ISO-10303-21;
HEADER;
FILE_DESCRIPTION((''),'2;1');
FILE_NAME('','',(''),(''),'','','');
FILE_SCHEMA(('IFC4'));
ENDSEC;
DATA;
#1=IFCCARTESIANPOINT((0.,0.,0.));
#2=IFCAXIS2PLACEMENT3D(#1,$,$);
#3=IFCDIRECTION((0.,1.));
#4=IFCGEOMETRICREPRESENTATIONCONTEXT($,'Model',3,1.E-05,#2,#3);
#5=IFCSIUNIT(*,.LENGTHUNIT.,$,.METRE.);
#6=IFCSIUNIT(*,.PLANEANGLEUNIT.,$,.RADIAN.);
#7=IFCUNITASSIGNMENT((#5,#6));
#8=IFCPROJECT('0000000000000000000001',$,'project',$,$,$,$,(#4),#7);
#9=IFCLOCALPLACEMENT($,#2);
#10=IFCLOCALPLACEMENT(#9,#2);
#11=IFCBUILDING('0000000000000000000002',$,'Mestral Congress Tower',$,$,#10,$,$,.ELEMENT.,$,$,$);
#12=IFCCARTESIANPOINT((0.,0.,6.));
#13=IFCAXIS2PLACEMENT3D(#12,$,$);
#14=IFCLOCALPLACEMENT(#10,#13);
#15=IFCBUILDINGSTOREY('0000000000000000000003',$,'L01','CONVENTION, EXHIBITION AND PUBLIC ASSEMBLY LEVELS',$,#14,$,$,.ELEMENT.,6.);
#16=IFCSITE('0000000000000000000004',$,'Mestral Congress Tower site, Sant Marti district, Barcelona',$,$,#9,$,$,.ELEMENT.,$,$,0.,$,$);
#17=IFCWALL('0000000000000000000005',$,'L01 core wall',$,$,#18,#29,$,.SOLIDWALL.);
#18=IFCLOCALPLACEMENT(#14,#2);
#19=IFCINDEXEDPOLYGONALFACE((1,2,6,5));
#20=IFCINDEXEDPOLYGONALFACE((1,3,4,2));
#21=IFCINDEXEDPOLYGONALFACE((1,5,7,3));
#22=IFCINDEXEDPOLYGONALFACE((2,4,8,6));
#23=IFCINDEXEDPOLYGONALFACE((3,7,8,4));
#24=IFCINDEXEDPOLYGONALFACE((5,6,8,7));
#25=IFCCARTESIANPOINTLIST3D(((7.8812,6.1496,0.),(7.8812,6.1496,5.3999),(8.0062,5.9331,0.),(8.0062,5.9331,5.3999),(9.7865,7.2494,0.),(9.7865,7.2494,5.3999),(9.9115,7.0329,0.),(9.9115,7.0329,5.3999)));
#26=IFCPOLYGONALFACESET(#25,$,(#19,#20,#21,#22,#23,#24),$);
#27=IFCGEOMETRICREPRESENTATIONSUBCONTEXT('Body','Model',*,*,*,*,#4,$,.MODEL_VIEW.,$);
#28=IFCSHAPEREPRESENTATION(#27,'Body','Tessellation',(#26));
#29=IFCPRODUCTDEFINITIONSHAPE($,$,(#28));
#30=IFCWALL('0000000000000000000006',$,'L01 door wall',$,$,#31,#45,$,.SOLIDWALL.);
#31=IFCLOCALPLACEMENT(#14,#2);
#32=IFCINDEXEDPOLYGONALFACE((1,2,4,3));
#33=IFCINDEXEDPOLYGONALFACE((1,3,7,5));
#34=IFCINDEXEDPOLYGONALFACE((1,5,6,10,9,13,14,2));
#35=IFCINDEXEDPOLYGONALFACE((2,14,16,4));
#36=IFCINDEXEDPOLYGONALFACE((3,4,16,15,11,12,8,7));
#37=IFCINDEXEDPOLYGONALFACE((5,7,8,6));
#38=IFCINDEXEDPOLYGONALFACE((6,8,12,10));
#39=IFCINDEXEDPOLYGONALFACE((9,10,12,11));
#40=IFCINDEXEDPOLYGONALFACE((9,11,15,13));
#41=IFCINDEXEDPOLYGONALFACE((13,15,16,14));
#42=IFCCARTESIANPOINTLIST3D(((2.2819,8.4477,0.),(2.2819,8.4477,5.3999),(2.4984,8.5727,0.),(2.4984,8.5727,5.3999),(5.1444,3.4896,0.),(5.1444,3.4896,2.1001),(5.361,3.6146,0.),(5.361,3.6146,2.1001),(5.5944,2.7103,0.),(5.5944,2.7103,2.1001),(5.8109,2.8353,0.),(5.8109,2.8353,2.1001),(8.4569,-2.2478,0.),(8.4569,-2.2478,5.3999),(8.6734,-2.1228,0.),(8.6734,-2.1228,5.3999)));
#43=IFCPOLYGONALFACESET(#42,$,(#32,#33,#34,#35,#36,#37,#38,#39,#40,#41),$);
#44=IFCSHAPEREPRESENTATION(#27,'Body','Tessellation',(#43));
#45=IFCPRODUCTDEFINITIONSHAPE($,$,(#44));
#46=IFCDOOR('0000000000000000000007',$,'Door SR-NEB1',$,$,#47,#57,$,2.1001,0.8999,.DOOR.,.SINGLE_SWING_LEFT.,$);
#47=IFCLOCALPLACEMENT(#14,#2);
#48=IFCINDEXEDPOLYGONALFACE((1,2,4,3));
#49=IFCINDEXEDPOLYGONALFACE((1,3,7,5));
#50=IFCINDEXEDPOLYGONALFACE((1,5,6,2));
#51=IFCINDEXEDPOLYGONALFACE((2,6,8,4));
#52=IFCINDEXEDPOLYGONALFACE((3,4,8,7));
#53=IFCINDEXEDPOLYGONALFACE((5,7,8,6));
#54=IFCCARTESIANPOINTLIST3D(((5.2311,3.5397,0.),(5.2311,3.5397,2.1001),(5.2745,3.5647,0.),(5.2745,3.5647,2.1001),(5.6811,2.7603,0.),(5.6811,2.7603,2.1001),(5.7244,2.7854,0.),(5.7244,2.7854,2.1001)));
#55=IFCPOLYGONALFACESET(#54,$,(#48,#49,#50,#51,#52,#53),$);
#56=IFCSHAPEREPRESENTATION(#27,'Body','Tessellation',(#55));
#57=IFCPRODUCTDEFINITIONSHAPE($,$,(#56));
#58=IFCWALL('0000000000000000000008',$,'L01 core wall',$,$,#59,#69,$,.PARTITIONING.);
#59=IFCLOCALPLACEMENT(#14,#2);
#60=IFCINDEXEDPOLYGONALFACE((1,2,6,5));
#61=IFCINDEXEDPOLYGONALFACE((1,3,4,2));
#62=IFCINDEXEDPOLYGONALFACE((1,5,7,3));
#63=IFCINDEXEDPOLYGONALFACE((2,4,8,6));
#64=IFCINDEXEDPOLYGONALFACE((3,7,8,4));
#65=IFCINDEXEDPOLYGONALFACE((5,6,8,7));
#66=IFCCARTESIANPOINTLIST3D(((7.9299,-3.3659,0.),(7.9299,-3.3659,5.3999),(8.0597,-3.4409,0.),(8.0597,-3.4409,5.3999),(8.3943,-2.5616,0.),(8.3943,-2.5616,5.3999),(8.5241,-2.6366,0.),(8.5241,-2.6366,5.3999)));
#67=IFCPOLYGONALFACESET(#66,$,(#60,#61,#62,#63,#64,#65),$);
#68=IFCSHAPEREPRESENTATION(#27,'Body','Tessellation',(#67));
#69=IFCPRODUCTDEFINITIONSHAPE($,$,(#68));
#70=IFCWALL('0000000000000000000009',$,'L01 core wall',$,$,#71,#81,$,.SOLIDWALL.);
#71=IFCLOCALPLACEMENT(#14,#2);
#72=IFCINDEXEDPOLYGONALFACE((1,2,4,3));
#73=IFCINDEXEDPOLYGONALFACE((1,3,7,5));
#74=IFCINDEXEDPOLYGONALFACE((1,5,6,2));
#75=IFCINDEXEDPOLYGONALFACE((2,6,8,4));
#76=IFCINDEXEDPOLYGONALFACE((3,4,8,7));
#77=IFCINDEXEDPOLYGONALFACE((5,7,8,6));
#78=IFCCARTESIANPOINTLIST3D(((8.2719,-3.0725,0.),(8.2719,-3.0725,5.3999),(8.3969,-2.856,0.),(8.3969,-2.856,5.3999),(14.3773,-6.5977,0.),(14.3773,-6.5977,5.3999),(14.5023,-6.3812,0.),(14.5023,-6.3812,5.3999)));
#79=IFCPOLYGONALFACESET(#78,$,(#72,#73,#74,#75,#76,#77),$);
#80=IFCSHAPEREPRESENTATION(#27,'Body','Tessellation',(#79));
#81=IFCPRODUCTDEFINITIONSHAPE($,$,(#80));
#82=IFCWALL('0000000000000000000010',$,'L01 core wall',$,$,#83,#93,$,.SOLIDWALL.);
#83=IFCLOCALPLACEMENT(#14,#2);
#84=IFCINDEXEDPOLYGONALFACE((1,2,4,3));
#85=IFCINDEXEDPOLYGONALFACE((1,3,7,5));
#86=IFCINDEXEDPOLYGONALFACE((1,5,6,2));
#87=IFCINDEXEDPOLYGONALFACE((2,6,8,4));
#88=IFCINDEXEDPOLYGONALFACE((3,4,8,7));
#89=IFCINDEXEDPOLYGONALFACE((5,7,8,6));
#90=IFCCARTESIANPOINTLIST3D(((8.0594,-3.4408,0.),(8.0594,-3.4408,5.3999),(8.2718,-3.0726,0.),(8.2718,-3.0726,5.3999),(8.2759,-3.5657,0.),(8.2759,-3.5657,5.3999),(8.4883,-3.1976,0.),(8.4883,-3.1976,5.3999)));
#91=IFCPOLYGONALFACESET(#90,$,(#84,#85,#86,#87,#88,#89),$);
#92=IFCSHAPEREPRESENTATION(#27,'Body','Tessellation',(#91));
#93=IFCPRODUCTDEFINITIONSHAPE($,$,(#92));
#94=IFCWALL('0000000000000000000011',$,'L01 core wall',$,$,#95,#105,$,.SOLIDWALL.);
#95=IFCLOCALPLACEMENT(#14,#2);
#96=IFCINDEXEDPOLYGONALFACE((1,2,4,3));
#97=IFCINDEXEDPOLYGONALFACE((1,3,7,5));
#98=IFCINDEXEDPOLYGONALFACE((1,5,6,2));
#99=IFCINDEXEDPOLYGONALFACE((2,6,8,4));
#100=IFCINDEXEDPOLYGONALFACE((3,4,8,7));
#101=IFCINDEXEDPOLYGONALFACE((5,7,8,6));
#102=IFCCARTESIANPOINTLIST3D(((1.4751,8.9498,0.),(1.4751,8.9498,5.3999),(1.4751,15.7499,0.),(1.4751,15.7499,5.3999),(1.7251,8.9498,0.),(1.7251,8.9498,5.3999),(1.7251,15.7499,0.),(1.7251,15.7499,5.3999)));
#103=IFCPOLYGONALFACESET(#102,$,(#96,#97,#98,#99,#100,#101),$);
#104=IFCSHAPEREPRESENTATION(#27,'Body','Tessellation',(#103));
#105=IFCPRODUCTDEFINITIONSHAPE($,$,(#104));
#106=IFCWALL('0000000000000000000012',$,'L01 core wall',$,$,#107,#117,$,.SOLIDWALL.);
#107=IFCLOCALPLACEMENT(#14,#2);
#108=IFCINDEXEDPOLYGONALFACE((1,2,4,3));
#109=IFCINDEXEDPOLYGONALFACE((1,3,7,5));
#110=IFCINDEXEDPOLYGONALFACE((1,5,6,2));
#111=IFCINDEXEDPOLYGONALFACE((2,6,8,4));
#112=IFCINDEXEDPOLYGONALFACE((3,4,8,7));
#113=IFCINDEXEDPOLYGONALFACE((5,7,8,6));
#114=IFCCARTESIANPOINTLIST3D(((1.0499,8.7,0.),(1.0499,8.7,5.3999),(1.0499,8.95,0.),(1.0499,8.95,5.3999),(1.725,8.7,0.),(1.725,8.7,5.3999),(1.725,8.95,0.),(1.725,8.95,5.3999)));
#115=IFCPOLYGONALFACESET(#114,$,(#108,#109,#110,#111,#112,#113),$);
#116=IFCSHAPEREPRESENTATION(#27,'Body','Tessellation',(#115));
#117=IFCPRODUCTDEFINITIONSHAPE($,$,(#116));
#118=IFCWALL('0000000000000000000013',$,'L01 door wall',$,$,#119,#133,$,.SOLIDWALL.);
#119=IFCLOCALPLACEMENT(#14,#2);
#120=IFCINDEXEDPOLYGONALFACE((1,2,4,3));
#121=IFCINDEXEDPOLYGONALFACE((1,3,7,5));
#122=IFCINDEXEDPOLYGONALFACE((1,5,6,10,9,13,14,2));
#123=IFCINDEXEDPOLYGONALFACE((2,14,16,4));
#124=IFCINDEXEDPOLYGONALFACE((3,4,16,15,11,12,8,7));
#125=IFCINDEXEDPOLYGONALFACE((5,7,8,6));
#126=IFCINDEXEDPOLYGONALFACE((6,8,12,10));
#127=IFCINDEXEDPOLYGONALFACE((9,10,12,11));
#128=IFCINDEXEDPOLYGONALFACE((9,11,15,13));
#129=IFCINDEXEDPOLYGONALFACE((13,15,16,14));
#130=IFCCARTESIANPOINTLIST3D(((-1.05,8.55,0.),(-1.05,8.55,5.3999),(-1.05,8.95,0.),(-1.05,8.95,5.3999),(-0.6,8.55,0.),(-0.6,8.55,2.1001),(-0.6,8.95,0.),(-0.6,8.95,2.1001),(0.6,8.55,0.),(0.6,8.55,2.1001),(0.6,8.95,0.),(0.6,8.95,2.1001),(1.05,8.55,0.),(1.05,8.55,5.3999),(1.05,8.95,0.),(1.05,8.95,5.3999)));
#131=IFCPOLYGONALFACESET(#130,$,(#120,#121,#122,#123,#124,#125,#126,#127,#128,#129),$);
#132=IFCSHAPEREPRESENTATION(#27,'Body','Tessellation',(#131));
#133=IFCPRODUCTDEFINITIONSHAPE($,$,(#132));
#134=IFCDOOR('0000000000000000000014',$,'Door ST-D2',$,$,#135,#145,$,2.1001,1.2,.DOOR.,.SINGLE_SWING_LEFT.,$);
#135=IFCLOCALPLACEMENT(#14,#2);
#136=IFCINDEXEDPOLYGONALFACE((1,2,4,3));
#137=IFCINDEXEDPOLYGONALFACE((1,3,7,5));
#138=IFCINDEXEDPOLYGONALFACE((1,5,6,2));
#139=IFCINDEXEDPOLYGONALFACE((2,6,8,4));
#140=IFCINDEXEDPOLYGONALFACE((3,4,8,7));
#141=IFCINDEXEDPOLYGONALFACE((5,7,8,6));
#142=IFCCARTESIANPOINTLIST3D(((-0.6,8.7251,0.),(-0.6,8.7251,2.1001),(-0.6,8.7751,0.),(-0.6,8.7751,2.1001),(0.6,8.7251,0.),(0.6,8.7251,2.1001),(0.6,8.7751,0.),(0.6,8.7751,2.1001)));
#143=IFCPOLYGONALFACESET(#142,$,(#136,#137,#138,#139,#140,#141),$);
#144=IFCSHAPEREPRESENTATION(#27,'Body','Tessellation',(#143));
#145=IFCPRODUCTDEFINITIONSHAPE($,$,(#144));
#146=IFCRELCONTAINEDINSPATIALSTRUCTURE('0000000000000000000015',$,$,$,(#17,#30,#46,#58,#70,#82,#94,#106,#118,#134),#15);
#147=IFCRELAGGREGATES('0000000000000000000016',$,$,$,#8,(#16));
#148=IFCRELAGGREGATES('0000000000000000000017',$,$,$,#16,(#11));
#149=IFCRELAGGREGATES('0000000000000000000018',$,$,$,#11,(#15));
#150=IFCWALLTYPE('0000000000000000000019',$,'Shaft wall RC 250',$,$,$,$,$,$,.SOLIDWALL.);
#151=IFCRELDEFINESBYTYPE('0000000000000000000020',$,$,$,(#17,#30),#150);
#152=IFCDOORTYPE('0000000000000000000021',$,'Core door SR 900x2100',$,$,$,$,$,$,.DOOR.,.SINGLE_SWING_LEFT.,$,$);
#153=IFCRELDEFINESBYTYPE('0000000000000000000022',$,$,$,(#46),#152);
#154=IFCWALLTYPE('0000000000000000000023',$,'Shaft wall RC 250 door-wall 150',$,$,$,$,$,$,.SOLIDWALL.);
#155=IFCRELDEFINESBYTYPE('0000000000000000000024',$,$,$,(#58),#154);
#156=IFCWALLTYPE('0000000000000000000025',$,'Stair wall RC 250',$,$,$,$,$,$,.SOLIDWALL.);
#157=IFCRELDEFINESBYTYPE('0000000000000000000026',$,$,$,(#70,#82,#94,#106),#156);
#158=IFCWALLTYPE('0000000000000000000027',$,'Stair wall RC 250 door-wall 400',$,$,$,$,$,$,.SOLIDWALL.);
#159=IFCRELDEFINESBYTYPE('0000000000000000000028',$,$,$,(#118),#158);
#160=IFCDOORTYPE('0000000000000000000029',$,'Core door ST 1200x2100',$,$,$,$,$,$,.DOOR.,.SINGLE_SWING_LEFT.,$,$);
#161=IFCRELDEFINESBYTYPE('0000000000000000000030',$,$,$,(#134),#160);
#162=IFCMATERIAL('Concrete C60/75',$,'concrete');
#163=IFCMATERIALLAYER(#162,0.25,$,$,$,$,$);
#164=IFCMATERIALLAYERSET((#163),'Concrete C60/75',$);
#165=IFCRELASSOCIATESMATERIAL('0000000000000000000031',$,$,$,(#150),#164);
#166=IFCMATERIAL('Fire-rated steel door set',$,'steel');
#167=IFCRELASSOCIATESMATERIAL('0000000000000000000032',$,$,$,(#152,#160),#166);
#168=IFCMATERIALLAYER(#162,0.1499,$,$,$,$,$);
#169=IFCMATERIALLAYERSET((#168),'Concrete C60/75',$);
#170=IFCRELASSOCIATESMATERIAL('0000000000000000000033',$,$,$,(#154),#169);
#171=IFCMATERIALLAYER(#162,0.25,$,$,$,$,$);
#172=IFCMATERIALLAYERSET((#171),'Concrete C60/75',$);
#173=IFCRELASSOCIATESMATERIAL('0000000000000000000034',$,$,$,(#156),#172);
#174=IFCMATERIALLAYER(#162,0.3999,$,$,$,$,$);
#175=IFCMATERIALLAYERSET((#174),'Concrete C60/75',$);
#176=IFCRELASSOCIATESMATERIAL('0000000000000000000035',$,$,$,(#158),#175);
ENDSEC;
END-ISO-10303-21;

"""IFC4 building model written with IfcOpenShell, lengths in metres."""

from ifc_helpers import new_model, si_unit, direction, frame, frame_2d, origin, place, context, subcontext, project, spatial, rectangle, extrude, material, layer, layer_set, type_object, element, fill, save


model = new_model("IFC4")

# Units and contexts
model_context = context("Model", 3, precision=1e-05, world=origin(), true_north=direction((0.0, 1.0)))
body_context = subcontext(model_context, "Body", "Model", "MODEL_VIEW")
ifc_project = project(units=[si_unit("LENGTHUNIT", "METRE"), si_unit("PLANEANGLEUNIT", "RADIAN")], contexts=[model_context])

# Site, building, storey
site_placement = place(None, origin())
site = spatial("IfcSite", under=ifc_project, at=site_placement, Name="Mestral Congress Tower site, Sant Marti district, Barcelona", CompositionType="ELEMENT", RefElevation=0.0)
building_placement = place(site_placement, origin())
building = spatial("IfcBuilding", under=site, at=building_placement, Name="Mestral Congress Tower", CompositionType="ELEMENT")
storey_placement = place(building_placement, frame((0.0, 0.0, 6.0)))
storey = spatial("IfcBuildingStorey", under=building, at=storey_placement, Name="L01", Description="CONVENTION, EXHIBITION AND PUBLIC ASSEMBLY LEVELS", CompositionType="ELEMENT", Elevation=6.0)

# Shared definitions
ifc_material_1 = material(Name="Fire-rated steel door set", Category="steel")

# Wall
ifc_material_2 = material(Name="Concrete C60/75", Category="concrete")
ifc_layer_1 = layer(ifc_material_2, 0.25)
ifc_layer_set_1 = layer_set([ifc_layer_1], Name="Concrete C60/75")
wall_type_1 = type_object("IfcWallType", Name="Shaft wall RC 250", PredefinedType="SOLIDWALL", material=ifc_layer_set_1)
for number, where, z_axis, x_axis, name in (
    (1, (7.9436, 6.0413, 0.0), (0.0, 0.0, 1.0), (0.866056, 0.499947, 0.0), "L01 core wall"),
):
    element("IfcWall", number, at=place(storey_placement, frame(where, z_axis=z_axis, x_axis=x_axis)), inside=storey, type_object=wall_type_1, Name=name, PredefinedType="SOLIDWALL", context=body_context, shape_type="SweptSolid", body=[
        extrude(rectangle(XDim=2.2, YDim=0.25, at=frame_2d((1.1001, 0.0))), origin(), (0.0, 0.0, 1.0), 5.3999),
    ])

# Wall, opening, door
wall_1_placement = place(storey_placement, frame((8.5652, -2.1853, 0.0), z_axis=(0.0, 0.0, 1.0), x_axis=(-0.499998, 0.866027, 0.0)))
wall_1 = element("IfcWall", 2, at=wall_1_placement, inside=storey, type_object=wall_type_1, Name="L01 door wall", PredefinedType="SOLIDWALL", context=body_context, shape_type="SweptSolid", body=[
    extrude(rectangle(XDim=12.3501, YDim=0.25, at=frame_2d((6.175, 0.0))), origin(), (0.0, 0.0, 1.0), 5.3999),
])
opening_1_placement = place(wall_1_placement, frame((5.7251, 0.0, 0.0)))
opening_1 = element("IfcOpeningElement", 3, at=opening_1_placement, cuts=wall_1, PredefinedType="OPENING", context=body_context, shape_type="SweptSolid", body=[
    extrude(rectangle(XDim=0.8999, YDim=2.1001, at=frame_2d((0.45, 1.05))), frame((0.0, 0.135, 0.0), z_axis=(0.0, -1.0, 0.0), x_axis=(1.0, 0.0, 0.0)), (0.0, 0.0, 1.0), 0.27),
])
door_type_1 = type_object("IfcDoorType", Name="Core door SR 900x2100", OperationType="SINGLE_SWING_LEFT", PredefinedType="DOOR", material=ifc_material_1)
door_1_placement = place(opening_1_placement, origin())
door_1 = element("IfcDoor", 4, at=door_1_placement, inside=storey, type_object=door_type_1, Name="Door SR-NEB1", OperationType="SINGLE_SWING_LEFT", OverallHeight=2.1001, OverallWidth=0.8999, PredefinedType="DOOR", context=body_context, shape_type="SweptSolid", body=[
    extrude(rectangle(XDim=0.8999, YDim=2.1001, at=frame_2d((0.45, 1.05))), frame((0.0, 0.0249, 0.0), z_axis=(0.0, -1.0, 0.0), x_axis=(1.0, 0.0, 0.0)), (0.0, 0.0, 1.0), 0.05),
])
fill(opening_1, door_1)

# Walls
ifc_layer_2 = layer(ifc_material_2, 0.1499)
ifc_layer_set_2 = layer_set([ifc_layer_2], Name="Concrete C60/75")
wall_type_2 = type_object("IfcWallType", Name="Shaft wall RC 250 door-wall 150", PredefinedType="SOLIDWALL", material=ifc_layer_set_2)
wall_2_placement = place(storey_placement, frame((8.4592, -2.5991, 0.0), z_axis=(0.0, 0.0, 1.0), x_axis=(-0.500041, -0.866002, 0.0)))
element("IfcWall", 5, at=wall_2_placement, inside=storey, type_object=wall_type_2, Name="L01 core wall", PredefinedType="PARTITIONING", context=body_context, shape_type="SweptSolid", body=[
    extrude(rectangle(XDim=0.9287, YDim=0.1499, at=frame_2d((0.4644, 0.0))), origin(), (0.0, 0.0, 1.0), 5.3999),
])
ifc_layer_3 = layer(ifc_material_2, 0.25)
ifc_layer_set_3 = layer_set([ifc_layer_3], Name="Concrete C60/75")
wall_type_3 = type_object("IfcWallType", Name="Stair wall RC 250", PredefinedType="SOLIDWALL", material=ifc_layer_set_3)
wall_3_placement = place(storey_placement, frame((8.3345, -2.9644, 0.0), z_axis=(0.0, 0.0, 1.0), x_axis=(0.866016, -0.500016, 0.0)))
element("IfcWall", 6, at=wall_3_placement, inside=storey, type_object=wall_type_3, Name="L01 core wall", PredefinedType="SOLIDWALL", context=body_context, shape_type="SweptSolid", body=[
    extrude(rectangle(XDim=7.05, YDim=0.25, at=frame_2d((3.5249, 0.0))), origin(), (0.0, 0.0, 1.0), 5.3999),
])
wall_4_placement = place(storey_placement, frame((8.1677, -3.5032, 0.0), z_axis=(0.0, 0.0, 1.0), x_axis=(0.499722, 0.866186, 0.0)))
element("IfcWall", 7, at=wall_4_placement, inside=storey, type_object=wall_type_3, Name="L01 core wall", PredefinedType="SOLIDWALL", context=body_context, shape_type="SweptSolid", body=[
    extrude(rectangle(XDim=0.425, YDim=0.25, at=frame_2d((0.2124, 0.0))), origin(), (0.0, 0.0, 1.0), 5.3999),
])
wall_5_placement = place(storey_placement, frame((1.6001, 8.95, 0.0), z_axis=(0.0, 0.0, 1.0), x_axis=(0.0, 1.0, 0.0)))
element("IfcWall", 8, at=wall_5_placement, inside=storey, type_object=wall_type_3, Name="L01 core wall", PredefinedType="SOLIDWALL", context=body_context, shape_type="SweptSolid", body=[
    extrude(rectangle(XDim=6.8, YDim=0.25, at=frame_2d((3.3999, 0.0))), origin(), (0.0, 0.0, 1.0), 5.3999),
])
wall_6_placement = place(storey_placement, frame((1.05, 8.825, 0.0), z_axis=(0.0, 0.0, 1.0), x_axis=(1.0, 0.0, 0.0)))
element("IfcWall", 9, at=wall_6_placement, inside=storey, type_object=wall_type_3, Name="L01 core wall", PredefinedType="SOLIDWALL", context=body_context, shape_type="SweptSolid", body=[
    extrude(rectangle(XDim=0.675, YDim=0.25, at=frame_2d((0.3374, 0.0))), origin(), (0.0, 0.0, 1.0), 5.3999),
])

# Wall, opening, door
ifc_layer_4 = layer(ifc_material_2, 0.3999)
ifc_layer_set_4 = layer_set([ifc_layer_4], Name="Concrete C60/75")
wall_type_4 = type_object("IfcWallType", Name="Stair wall RC 250 door-wall 400", PredefinedType="SOLIDWALL", material=ifc_layer_set_4)
wall_7_placement = place(storey_placement, frame((1.05, 8.75, 0.0), z_axis=(0.0, 0.0, 1.0), x_axis=(-1.0, 0.0, 0.0)))
wall_7 = element("IfcWall", 10, at=wall_7_placement, inside=storey, type_object=wall_type_4, Name="L01 door wall", PredefinedType="SOLIDWALL", context=body_context, shape_type="SweptSolid", body=[
    extrude(rectangle(XDim=2.1001, YDim=0.3999, at=frame_2d((1.05, 0.0))), origin(), (0.0, 0.0, 1.0), 5.3999),
])
opening_2_placement = place(wall_7_placement, frame((0.45, 0.0, 0.0)))
opening_2 = element("IfcOpeningElement", 11, at=opening_2_placement, cuts=wall_7, PredefinedType="OPENING", context=body_context, shape_type="SweptSolid", body=[
    extrude(rectangle(XDim=1.2, YDim=2.1001, at=frame_2d((0.6001, 1.05))), frame((0.0, 0.21, 0.0), z_axis=(0.0, -1.0, 0.0), x_axis=(1.0, 0.0, 0.0)), (0.0, 0.0, 1.0), 0.4199),
])
door_type_2 = type_object("IfcDoorType", Name="Core door ST 1200x2100", OperationType="SINGLE_SWING_LEFT", PredefinedType="DOOR", material=ifc_material_1)
door_2_placement = place(opening_2_placement, origin())
door_2 = element("IfcDoor", 12, at=door_2_placement, inside=storey, type_object=door_type_2, Name="Door ST-D2", OperationType="SINGLE_SWING_LEFT", OverallHeight=2.1001, OverallWidth=1.2, PredefinedType="DOOR", context=body_context, shape_type="SweptSolid", body=[
    extrude(rectangle(XDim=1.2, YDim=2.1001, at=frame_2d((0.6001, 1.05))), frame((0.0, 0.0249, 0.0), z_axis=(0.0, -1.0, 0.0), x_axis=(1.0, 0.0, 0.0)), (0.0, 0.0, 1.0), 0.05),
])
fill(opening_2, door_2)

save(model, "model.ifc")
